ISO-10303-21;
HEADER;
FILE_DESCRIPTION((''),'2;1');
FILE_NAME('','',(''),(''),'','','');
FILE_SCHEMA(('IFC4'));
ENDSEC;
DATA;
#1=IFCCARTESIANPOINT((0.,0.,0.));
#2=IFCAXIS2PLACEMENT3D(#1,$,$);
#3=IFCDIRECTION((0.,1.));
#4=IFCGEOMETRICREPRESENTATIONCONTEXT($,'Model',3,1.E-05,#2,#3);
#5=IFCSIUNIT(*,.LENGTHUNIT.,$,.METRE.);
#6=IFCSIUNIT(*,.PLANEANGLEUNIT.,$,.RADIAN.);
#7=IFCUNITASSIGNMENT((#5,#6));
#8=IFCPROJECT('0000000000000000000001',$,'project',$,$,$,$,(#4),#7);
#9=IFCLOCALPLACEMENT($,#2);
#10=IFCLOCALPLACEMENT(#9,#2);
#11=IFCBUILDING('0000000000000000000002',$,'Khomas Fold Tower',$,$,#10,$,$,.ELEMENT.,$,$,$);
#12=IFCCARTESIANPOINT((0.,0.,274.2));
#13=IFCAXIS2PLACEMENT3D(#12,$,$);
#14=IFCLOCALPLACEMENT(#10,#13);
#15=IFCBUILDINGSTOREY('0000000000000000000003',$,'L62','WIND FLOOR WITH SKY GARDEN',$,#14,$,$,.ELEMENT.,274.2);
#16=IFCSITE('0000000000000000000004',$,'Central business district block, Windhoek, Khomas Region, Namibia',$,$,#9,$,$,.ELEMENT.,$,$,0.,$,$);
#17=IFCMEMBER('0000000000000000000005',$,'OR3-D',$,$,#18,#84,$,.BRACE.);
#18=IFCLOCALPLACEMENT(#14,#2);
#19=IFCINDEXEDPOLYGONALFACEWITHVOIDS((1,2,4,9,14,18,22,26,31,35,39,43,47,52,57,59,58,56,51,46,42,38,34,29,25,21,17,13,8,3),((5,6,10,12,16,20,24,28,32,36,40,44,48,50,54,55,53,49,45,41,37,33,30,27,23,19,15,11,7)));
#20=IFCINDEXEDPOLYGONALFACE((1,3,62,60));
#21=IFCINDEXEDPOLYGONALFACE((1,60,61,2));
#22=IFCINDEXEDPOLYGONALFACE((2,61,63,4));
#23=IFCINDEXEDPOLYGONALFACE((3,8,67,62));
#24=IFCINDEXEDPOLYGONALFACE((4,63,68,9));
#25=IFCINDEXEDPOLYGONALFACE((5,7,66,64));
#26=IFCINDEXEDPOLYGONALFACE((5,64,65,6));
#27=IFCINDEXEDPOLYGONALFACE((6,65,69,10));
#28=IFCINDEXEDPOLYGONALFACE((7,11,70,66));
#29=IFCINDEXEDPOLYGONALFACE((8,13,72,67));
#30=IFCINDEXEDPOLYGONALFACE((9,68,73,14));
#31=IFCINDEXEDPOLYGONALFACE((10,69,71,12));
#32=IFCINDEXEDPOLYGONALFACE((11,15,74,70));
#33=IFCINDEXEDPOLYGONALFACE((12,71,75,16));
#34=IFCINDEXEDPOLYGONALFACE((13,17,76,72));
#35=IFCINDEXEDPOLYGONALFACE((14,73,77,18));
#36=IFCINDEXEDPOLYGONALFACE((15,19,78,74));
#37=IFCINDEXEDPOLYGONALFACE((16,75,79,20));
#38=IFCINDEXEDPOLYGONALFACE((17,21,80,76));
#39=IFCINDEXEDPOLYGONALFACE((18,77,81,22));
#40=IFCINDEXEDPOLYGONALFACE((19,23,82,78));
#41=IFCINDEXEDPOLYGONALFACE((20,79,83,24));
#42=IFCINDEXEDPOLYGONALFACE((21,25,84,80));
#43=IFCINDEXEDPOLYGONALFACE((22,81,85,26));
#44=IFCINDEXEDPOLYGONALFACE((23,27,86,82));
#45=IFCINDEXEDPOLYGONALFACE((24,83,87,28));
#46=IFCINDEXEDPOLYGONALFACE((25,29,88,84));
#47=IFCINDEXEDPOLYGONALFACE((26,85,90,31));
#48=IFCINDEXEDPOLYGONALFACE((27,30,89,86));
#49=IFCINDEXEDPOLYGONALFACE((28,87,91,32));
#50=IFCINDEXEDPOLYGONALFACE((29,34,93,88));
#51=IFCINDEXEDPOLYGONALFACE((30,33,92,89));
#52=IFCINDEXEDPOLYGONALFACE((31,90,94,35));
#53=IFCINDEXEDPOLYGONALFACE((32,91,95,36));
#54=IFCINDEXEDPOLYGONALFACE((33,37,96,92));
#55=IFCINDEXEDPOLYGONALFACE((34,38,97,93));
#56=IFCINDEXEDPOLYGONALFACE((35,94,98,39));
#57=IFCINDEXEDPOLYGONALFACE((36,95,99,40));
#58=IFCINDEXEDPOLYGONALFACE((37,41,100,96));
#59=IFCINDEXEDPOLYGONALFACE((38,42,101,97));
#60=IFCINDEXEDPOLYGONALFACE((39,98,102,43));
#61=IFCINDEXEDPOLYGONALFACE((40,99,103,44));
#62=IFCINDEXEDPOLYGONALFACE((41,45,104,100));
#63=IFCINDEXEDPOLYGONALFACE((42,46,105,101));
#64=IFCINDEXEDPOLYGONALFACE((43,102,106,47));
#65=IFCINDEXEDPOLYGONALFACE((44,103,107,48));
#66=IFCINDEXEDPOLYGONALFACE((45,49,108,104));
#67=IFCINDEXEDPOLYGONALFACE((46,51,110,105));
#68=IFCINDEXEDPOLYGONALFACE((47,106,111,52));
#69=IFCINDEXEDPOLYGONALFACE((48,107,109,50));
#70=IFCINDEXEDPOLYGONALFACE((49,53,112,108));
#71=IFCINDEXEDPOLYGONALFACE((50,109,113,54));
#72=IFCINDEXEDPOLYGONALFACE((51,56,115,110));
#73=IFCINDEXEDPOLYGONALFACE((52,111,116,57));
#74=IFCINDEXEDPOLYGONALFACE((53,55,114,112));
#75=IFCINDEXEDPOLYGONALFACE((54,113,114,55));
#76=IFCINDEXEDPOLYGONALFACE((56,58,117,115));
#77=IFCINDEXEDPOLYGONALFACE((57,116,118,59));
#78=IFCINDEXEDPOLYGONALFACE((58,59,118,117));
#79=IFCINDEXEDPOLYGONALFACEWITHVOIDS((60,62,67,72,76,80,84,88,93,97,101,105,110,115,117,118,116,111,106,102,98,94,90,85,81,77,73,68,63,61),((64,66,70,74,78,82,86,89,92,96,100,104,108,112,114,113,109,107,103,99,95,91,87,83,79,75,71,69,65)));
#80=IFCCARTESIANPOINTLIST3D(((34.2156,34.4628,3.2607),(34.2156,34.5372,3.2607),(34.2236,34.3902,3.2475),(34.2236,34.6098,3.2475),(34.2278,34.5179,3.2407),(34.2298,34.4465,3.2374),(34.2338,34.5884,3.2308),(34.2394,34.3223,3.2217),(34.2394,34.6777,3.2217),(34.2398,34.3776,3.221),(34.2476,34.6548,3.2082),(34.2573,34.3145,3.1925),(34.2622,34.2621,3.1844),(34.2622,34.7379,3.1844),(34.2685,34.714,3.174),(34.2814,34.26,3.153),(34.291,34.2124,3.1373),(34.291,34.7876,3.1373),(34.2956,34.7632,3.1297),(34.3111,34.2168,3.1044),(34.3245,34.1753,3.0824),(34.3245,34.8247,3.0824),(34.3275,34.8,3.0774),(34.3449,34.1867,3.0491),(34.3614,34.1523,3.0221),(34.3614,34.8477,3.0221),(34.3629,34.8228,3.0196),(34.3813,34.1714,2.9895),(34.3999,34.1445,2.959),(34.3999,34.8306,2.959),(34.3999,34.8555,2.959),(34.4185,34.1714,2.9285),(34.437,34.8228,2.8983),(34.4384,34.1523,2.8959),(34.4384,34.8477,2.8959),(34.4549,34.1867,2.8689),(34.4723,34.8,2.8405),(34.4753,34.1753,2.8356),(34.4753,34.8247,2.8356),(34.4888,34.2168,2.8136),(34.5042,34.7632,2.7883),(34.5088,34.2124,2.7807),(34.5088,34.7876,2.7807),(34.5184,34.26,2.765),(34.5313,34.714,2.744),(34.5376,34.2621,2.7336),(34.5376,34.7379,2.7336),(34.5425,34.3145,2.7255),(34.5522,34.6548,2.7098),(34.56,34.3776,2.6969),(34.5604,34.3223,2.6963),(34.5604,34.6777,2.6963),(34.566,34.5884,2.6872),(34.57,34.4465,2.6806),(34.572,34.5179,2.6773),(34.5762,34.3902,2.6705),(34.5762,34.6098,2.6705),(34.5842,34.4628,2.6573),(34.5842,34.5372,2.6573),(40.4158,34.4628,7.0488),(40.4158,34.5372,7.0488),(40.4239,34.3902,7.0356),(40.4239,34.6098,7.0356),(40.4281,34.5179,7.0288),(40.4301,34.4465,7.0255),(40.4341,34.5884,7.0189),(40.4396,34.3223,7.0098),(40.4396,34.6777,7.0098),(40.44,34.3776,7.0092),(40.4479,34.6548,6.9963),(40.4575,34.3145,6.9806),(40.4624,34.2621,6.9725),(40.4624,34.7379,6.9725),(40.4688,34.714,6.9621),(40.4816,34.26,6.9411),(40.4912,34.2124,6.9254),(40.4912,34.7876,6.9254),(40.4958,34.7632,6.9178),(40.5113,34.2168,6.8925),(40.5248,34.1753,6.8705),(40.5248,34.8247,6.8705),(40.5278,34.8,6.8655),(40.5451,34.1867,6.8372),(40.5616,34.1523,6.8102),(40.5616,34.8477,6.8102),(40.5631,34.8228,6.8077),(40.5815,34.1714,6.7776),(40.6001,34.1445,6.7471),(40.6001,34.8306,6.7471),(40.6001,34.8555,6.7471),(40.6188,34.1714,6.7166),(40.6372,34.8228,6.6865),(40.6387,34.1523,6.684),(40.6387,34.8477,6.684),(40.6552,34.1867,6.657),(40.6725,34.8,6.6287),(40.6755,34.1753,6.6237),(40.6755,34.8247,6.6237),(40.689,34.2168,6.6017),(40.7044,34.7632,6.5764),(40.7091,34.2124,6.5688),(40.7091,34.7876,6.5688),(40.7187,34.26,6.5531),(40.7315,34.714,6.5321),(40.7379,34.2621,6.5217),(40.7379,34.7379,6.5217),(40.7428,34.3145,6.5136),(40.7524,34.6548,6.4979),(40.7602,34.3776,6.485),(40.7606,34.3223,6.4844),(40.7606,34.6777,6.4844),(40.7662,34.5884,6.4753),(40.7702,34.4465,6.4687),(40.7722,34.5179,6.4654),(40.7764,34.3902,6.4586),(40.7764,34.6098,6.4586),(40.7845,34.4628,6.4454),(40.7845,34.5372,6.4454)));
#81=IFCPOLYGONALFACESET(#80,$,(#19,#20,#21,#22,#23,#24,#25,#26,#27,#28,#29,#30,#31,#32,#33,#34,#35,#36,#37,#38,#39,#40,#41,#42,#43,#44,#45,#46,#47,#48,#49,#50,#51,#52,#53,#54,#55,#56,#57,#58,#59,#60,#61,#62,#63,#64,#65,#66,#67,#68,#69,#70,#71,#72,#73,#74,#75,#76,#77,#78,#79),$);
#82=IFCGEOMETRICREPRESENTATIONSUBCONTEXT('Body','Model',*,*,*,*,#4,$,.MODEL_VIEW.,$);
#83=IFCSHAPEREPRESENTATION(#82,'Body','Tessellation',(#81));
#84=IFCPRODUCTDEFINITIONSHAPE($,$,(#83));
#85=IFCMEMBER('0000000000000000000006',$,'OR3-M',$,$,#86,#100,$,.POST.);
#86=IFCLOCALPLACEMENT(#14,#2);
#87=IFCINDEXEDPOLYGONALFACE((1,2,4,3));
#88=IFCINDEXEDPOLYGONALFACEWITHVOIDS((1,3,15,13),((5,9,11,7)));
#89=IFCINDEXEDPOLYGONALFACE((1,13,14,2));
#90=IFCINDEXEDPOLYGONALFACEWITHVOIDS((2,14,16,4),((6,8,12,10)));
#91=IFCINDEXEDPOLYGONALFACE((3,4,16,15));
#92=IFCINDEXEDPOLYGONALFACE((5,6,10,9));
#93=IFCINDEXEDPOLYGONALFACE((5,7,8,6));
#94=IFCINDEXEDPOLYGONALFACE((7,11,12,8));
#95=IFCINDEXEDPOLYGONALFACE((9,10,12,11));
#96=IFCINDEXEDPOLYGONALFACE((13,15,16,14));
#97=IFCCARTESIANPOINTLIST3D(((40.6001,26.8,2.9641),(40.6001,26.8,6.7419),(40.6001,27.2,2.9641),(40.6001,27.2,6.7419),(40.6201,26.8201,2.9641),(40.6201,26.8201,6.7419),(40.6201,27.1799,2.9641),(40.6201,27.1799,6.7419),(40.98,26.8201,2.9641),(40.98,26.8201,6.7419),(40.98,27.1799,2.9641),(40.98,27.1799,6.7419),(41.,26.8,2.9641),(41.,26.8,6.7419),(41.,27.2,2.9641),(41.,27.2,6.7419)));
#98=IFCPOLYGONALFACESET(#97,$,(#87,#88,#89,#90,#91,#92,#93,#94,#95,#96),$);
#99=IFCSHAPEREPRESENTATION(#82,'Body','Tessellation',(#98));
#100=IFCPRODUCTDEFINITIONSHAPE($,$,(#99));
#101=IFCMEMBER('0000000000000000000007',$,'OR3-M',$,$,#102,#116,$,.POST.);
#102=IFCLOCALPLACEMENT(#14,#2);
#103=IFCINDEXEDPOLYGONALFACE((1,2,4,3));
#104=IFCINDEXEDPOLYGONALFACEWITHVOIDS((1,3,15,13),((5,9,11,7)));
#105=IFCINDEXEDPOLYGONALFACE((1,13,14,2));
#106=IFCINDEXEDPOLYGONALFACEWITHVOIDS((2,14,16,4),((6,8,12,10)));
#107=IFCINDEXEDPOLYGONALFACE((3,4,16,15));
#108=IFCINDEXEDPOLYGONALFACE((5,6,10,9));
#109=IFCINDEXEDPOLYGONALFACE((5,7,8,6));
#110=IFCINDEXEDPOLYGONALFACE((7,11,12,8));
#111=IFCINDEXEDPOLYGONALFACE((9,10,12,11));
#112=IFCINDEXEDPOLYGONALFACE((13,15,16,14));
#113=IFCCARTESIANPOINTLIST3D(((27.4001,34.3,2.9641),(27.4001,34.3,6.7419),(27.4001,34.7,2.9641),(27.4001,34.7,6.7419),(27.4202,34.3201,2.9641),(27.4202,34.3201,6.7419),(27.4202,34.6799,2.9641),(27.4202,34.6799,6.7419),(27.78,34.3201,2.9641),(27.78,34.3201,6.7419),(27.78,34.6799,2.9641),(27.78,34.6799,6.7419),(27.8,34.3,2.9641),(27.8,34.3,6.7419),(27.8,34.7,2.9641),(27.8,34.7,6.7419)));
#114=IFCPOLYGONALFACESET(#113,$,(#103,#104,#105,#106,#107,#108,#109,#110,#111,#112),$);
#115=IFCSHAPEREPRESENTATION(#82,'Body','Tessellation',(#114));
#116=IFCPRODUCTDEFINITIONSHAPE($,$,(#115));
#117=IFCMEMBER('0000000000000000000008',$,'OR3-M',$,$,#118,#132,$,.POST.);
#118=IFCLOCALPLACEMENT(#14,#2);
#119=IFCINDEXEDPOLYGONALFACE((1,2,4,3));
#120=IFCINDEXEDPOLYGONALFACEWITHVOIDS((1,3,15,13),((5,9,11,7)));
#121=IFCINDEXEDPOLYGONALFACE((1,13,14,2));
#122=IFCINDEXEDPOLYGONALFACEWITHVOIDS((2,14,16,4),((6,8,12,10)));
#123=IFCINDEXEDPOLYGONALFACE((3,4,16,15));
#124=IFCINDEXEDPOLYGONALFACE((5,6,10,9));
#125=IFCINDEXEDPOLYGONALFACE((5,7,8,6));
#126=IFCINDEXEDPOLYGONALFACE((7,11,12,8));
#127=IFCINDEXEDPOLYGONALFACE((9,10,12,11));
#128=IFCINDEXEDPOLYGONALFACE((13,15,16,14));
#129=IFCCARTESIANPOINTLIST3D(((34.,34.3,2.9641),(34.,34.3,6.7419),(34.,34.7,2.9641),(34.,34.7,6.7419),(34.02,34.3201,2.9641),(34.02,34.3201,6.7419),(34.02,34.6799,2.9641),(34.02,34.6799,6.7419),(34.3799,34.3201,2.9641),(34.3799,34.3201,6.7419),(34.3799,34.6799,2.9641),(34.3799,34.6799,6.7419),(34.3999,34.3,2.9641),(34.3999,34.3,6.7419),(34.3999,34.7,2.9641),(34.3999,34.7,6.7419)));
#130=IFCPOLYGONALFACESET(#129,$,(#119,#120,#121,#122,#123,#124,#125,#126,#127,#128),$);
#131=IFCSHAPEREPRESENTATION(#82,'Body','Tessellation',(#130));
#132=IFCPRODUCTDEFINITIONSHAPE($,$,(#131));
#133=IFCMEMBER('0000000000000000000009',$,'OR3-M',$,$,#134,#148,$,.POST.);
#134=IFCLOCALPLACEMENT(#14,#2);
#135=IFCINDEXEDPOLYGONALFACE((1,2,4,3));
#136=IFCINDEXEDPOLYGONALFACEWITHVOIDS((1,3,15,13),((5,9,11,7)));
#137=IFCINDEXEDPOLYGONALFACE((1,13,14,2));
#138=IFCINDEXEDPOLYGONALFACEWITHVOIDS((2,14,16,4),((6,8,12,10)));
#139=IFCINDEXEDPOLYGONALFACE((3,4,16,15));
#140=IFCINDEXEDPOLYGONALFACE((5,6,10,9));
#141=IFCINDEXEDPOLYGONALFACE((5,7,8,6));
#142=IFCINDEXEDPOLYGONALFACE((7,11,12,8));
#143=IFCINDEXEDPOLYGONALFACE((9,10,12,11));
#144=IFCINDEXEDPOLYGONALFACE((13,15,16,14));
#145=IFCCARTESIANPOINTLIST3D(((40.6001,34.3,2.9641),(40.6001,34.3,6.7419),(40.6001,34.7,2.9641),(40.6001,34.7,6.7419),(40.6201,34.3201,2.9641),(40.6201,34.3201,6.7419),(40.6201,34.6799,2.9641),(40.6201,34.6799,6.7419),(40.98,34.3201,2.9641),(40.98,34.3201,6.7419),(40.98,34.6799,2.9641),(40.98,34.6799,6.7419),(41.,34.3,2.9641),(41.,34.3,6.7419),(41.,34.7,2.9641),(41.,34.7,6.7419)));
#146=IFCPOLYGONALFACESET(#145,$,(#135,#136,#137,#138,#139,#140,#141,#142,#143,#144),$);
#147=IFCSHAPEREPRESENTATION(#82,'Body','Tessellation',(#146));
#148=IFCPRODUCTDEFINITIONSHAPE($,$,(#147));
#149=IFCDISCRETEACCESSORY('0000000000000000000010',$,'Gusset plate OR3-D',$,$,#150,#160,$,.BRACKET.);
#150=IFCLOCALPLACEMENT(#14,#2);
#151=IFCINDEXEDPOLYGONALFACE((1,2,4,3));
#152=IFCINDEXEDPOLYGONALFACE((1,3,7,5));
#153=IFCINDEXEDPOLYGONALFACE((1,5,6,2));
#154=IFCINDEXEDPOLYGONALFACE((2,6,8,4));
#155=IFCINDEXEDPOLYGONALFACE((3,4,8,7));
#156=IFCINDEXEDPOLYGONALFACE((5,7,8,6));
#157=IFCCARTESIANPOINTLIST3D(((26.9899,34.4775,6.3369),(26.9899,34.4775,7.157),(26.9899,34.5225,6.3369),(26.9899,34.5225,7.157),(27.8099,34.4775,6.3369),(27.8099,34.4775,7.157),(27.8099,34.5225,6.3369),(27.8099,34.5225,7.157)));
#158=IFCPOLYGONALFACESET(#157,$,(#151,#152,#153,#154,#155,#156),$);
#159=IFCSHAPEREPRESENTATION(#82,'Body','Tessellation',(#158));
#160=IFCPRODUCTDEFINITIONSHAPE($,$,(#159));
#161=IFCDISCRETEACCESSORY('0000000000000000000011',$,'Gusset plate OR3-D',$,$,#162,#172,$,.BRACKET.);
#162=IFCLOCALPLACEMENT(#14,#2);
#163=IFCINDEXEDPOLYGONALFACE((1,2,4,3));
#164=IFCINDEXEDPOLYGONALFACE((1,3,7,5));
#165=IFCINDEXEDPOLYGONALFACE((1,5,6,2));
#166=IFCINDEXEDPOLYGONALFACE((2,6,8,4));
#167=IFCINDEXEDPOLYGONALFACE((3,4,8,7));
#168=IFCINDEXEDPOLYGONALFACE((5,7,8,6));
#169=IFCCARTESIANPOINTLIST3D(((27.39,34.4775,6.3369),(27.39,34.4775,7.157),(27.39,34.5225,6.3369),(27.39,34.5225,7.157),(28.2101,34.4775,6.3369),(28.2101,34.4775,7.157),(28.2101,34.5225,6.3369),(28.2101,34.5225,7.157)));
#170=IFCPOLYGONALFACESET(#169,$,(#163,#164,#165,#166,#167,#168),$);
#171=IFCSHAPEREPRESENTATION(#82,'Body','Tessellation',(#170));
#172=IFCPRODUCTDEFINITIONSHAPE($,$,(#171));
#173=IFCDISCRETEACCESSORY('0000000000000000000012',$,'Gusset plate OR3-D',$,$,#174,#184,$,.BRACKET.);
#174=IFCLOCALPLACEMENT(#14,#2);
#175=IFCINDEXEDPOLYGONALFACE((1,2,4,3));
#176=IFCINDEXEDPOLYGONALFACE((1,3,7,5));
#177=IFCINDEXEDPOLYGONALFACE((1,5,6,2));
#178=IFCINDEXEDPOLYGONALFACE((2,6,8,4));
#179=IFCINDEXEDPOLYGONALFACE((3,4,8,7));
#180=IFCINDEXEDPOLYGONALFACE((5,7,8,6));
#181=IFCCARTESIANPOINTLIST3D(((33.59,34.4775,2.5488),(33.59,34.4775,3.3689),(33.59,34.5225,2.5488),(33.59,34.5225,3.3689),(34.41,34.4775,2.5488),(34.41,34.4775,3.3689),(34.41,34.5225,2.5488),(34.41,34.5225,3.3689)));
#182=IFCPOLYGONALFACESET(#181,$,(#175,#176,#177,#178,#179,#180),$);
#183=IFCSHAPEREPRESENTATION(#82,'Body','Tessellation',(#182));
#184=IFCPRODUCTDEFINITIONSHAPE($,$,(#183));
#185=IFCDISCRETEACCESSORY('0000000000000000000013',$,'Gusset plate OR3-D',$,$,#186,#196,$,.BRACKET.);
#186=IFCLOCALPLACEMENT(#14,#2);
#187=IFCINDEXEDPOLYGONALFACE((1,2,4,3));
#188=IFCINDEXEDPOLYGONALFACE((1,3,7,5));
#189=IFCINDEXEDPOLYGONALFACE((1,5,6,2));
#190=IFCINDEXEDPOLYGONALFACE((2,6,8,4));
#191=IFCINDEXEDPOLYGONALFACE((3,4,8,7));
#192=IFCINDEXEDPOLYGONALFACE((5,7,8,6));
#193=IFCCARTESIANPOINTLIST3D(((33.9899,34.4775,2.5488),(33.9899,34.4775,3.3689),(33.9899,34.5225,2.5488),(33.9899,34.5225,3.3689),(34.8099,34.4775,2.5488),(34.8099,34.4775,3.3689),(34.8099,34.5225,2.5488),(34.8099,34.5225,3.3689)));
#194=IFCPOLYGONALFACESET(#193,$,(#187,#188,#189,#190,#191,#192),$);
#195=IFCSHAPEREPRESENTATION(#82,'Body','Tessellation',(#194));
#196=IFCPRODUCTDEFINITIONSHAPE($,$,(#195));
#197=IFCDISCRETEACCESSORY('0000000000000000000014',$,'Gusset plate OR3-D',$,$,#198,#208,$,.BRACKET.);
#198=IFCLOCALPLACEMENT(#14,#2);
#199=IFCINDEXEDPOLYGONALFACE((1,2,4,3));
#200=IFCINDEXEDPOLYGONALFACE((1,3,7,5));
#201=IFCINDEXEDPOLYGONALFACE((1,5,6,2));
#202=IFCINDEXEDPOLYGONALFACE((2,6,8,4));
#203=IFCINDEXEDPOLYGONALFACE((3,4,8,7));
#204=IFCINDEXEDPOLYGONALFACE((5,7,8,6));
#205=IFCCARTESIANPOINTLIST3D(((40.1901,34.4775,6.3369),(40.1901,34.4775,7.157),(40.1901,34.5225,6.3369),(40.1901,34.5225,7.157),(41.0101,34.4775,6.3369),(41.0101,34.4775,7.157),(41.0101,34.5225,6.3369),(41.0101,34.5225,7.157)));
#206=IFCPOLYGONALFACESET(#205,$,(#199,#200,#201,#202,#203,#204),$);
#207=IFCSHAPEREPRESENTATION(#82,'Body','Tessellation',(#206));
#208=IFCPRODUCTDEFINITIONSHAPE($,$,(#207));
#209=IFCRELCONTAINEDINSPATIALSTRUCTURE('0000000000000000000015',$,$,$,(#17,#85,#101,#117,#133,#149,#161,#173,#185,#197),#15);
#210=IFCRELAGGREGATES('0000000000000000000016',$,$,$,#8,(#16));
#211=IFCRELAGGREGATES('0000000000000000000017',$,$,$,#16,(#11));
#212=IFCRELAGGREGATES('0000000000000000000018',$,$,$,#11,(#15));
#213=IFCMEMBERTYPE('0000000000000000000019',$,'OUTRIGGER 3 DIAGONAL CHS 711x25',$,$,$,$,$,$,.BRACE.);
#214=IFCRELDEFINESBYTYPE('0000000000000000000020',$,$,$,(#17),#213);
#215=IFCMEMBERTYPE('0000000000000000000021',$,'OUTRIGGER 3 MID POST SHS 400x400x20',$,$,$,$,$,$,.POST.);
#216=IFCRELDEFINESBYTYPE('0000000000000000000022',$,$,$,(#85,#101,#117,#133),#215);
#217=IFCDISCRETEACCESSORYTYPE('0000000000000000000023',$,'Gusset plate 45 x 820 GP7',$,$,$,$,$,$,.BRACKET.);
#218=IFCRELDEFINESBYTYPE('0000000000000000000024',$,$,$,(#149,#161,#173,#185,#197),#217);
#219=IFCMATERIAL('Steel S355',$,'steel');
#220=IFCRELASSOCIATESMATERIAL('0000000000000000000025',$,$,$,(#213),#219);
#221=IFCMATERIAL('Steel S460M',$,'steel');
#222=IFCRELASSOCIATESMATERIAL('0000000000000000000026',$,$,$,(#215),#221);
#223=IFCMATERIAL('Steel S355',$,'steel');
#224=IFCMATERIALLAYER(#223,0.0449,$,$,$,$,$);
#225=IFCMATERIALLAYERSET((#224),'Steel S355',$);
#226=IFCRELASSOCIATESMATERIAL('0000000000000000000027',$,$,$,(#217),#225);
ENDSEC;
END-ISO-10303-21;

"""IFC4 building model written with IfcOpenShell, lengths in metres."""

from ifc_helpers import new_model, si_unit, direction, frame, origin, origin_2d, place, context, subcontext, project, spatial, rectangle, hollow_rectangle, hollow_circle, extrude, source, transform, mapped, material, layer, layer_set, material_profile, profile_set, type_object, element, save


model = new_model("IFC4")

# Units and contexts
model_context = context("Model", 3, precision=1e-05, world=origin(), true_north=direction((0.0, 1.0)))
body_context = subcontext(model_context, "Body", "Model", "MODEL_VIEW")
ifc_project = project(units=[si_unit("LENGTHUNIT", "METRE"), si_unit("PLANEANGLEUNIT", "RADIAN")], contexts=[model_context])

# Site, building, storey
site_placement = place(None, origin())
site = spatial("IfcSite", under=ifc_project, at=site_placement, Name="Central business district block, Windhoek, Khomas Region, Namibia", CompositionType="ELEMENT", RefElevation=0.0)
building_placement = place(site_placement, origin())
building = spatial("IfcBuilding", under=site, at=building_placement, Name="Khomas Fold Tower", CompositionType="ELEMENT")
storey_placement = place(building_placement, frame((0.0, 0.0, 274.2)))
storey = spatial("IfcBuildingStorey", under=building, at=storey_placement, Name="L62", Description="WIND FLOOR WITH SKY GARDEN", CompositionType="ELEMENT", Elevation=274.2)

# Members
ifc_material_1 = material(Name="Steel S355", Category="steel")
ifc_material_profile_1 = material_profile(ifc_material_1, hollow_circle(Radius=0.3555, WallThickness=0.0249, at=origin_2d()), Name="CHS 711x25")
ifc_profile_set_1 = profile_set([ifc_material_profile_1], Name="Steel S355")
member_type_1 = type_object("IfcMemberType", Name="OUTRIGGER 3 DIAGONAL CHS 711x25", PredefinedType="BRACE", material=ifc_profile_set_1)
shared_shape_1 = source(origin(), body_context, "Body", "SweptSolid", [
    extrude(hollow_circle(Radius=0.3555, WallThickness=0.0249, at=origin_2d()), origin(), (0.0, 0.0, 1.0), 7.2659),
])
member_placement = place(storey_placement, frame((34.3999, 34.5, 2.959), z_axis=(0.853338, 0.0, 0.521358), x_axis=(0.0, 1.0, 0.0)))
element("IfcMember", 1, at=member_placement, inside=storey, type_object=member_type_1, Name="OR3-D", PredefinedType="BRACE", context=body_context, shape_type="MappedRepresentation", body=[
    mapped(shared_shape_1, transform((0.0, 0.0, 0.0))),
])
ifc_material_2 = material(Name="Steel S460M", Category="steel")
ifc_material_profile_2 = material_profile(ifc_material_2, hollow_rectangle(XDim=0.3999, YDim=0.3999, WallThickness=0.02, at=origin_2d()), Name="SHS 400x400x20")
ifc_profile_set_2 = profile_set([ifc_material_profile_2], Name="Steel S460M")
member_type_2 = type_object("IfcMemberType", Name="OUTRIGGER 3 MID POST SHS 400x400x20", PredefinedType="POST", material=ifc_profile_set_2)
shared_shape_2 = source(origin(), body_context, "Body", "SweptSolid", [
    extrude(hollow_rectangle(XDim=0.3999, YDim=0.3999, WallThickness=0.02, at=origin_2d()), origin(), (0.0, 0.0, 1.0), 3.7778),
])
for number, where, z_axis, x_axis, name in (
    (2, (40.8, 27.0, 2.9641), (0.0, 0.0, 1.0), (1.0, 0.0, 0.0), "OR3-M"),
    (3, (27.6001, 34.5, 2.9641), (0.0, 0.0, 1.0), (1.0, 0.0, 0.0), "OR3-M"),
    (4, (34.2, 34.5, 2.9641), (0.0, 0.0, 1.0), (1.0, 0.0, 0.0), "OR3-M"),
    (5, (40.8, 34.5, 2.9641), (0.0, 0.0, 1.0), (1.0, 0.0, 0.0), "OR3-M"),
):
    element("IfcMember", number, at=place(storey_placement, frame(where, z_axis=z_axis, x_axis=x_axis)), inside=storey, type_object=member_type_2, Name=name, PredefinedType="POST", context=body_context, shape_type="MappedRepresentation", body=[
        mapped(shared_shape_2, transform((0.0, 0.0, 0.0))),
    ])

# Discrete accessories
ifc_material_3 = material(Name="Steel S355", Category="steel")
ifc_layer = layer(ifc_material_3, 0.0449)
ifc_layer_set = layer_set([ifc_layer], Name="Steel S355")
discrete_accessory_type = type_object("IfcDiscreteAccessoryType", Name="Gusset plate 45 x 820 GP7", PredefinedType="BRACKET", material=ifc_layer_set)
shared_shape_3 = source(origin(), body_context, "Body", "SweptSolid", [
    extrude(rectangle(XDim=0.8201, YDim=0.0449, at=origin_2d()), origin(), (0.0, 0.0, 1.0), 0.8201),
])
for number, where, z_axis, x_axis, name in (
    (6, (27.3999, 34.5, 6.3369), (0.0, 0.0, 1.0), (1.0, 0.0, 0.0), "Gusset plate OR3-D"),
    (7, (27.8, 34.5, 6.3369), (0.0, 0.0, 1.0), (1.0, 0.0, 0.0), "Gusset plate OR3-D"),
    (8, (34.0, 34.5, 2.5488), (0.0, 0.0, 1.0), (1.0, 0.0, 0.0), "Gusset plate OR3-D"),
    (9, (34.3999, 34.5, 2.5488), (0.0, 0.0, 1.0), (1.0, 0.0, 0.0), "Gusset plate OR3-D"),
    (10, (40.6001, 34.5, 6.3369), (0.0, 0.0, 1.0), (1.0, 0.0, 0.0), "Gusset plate OR3-D"),
):
    element("IfcDiscreteAccessory", number, at=place(storey_placement, frame(where, z_axis=z_axis, x_axis=x_axis)), inside=storey, type_object=discrete_accessory_type, Name=name, PredefinedType="BRACKET", context=body_context, shape_type="MappedRepresentation", body=[
        mapped(shared_shape_3, transform((0.0, 0.0, 0.0))),
    ])

save(model, "model.ifc")
